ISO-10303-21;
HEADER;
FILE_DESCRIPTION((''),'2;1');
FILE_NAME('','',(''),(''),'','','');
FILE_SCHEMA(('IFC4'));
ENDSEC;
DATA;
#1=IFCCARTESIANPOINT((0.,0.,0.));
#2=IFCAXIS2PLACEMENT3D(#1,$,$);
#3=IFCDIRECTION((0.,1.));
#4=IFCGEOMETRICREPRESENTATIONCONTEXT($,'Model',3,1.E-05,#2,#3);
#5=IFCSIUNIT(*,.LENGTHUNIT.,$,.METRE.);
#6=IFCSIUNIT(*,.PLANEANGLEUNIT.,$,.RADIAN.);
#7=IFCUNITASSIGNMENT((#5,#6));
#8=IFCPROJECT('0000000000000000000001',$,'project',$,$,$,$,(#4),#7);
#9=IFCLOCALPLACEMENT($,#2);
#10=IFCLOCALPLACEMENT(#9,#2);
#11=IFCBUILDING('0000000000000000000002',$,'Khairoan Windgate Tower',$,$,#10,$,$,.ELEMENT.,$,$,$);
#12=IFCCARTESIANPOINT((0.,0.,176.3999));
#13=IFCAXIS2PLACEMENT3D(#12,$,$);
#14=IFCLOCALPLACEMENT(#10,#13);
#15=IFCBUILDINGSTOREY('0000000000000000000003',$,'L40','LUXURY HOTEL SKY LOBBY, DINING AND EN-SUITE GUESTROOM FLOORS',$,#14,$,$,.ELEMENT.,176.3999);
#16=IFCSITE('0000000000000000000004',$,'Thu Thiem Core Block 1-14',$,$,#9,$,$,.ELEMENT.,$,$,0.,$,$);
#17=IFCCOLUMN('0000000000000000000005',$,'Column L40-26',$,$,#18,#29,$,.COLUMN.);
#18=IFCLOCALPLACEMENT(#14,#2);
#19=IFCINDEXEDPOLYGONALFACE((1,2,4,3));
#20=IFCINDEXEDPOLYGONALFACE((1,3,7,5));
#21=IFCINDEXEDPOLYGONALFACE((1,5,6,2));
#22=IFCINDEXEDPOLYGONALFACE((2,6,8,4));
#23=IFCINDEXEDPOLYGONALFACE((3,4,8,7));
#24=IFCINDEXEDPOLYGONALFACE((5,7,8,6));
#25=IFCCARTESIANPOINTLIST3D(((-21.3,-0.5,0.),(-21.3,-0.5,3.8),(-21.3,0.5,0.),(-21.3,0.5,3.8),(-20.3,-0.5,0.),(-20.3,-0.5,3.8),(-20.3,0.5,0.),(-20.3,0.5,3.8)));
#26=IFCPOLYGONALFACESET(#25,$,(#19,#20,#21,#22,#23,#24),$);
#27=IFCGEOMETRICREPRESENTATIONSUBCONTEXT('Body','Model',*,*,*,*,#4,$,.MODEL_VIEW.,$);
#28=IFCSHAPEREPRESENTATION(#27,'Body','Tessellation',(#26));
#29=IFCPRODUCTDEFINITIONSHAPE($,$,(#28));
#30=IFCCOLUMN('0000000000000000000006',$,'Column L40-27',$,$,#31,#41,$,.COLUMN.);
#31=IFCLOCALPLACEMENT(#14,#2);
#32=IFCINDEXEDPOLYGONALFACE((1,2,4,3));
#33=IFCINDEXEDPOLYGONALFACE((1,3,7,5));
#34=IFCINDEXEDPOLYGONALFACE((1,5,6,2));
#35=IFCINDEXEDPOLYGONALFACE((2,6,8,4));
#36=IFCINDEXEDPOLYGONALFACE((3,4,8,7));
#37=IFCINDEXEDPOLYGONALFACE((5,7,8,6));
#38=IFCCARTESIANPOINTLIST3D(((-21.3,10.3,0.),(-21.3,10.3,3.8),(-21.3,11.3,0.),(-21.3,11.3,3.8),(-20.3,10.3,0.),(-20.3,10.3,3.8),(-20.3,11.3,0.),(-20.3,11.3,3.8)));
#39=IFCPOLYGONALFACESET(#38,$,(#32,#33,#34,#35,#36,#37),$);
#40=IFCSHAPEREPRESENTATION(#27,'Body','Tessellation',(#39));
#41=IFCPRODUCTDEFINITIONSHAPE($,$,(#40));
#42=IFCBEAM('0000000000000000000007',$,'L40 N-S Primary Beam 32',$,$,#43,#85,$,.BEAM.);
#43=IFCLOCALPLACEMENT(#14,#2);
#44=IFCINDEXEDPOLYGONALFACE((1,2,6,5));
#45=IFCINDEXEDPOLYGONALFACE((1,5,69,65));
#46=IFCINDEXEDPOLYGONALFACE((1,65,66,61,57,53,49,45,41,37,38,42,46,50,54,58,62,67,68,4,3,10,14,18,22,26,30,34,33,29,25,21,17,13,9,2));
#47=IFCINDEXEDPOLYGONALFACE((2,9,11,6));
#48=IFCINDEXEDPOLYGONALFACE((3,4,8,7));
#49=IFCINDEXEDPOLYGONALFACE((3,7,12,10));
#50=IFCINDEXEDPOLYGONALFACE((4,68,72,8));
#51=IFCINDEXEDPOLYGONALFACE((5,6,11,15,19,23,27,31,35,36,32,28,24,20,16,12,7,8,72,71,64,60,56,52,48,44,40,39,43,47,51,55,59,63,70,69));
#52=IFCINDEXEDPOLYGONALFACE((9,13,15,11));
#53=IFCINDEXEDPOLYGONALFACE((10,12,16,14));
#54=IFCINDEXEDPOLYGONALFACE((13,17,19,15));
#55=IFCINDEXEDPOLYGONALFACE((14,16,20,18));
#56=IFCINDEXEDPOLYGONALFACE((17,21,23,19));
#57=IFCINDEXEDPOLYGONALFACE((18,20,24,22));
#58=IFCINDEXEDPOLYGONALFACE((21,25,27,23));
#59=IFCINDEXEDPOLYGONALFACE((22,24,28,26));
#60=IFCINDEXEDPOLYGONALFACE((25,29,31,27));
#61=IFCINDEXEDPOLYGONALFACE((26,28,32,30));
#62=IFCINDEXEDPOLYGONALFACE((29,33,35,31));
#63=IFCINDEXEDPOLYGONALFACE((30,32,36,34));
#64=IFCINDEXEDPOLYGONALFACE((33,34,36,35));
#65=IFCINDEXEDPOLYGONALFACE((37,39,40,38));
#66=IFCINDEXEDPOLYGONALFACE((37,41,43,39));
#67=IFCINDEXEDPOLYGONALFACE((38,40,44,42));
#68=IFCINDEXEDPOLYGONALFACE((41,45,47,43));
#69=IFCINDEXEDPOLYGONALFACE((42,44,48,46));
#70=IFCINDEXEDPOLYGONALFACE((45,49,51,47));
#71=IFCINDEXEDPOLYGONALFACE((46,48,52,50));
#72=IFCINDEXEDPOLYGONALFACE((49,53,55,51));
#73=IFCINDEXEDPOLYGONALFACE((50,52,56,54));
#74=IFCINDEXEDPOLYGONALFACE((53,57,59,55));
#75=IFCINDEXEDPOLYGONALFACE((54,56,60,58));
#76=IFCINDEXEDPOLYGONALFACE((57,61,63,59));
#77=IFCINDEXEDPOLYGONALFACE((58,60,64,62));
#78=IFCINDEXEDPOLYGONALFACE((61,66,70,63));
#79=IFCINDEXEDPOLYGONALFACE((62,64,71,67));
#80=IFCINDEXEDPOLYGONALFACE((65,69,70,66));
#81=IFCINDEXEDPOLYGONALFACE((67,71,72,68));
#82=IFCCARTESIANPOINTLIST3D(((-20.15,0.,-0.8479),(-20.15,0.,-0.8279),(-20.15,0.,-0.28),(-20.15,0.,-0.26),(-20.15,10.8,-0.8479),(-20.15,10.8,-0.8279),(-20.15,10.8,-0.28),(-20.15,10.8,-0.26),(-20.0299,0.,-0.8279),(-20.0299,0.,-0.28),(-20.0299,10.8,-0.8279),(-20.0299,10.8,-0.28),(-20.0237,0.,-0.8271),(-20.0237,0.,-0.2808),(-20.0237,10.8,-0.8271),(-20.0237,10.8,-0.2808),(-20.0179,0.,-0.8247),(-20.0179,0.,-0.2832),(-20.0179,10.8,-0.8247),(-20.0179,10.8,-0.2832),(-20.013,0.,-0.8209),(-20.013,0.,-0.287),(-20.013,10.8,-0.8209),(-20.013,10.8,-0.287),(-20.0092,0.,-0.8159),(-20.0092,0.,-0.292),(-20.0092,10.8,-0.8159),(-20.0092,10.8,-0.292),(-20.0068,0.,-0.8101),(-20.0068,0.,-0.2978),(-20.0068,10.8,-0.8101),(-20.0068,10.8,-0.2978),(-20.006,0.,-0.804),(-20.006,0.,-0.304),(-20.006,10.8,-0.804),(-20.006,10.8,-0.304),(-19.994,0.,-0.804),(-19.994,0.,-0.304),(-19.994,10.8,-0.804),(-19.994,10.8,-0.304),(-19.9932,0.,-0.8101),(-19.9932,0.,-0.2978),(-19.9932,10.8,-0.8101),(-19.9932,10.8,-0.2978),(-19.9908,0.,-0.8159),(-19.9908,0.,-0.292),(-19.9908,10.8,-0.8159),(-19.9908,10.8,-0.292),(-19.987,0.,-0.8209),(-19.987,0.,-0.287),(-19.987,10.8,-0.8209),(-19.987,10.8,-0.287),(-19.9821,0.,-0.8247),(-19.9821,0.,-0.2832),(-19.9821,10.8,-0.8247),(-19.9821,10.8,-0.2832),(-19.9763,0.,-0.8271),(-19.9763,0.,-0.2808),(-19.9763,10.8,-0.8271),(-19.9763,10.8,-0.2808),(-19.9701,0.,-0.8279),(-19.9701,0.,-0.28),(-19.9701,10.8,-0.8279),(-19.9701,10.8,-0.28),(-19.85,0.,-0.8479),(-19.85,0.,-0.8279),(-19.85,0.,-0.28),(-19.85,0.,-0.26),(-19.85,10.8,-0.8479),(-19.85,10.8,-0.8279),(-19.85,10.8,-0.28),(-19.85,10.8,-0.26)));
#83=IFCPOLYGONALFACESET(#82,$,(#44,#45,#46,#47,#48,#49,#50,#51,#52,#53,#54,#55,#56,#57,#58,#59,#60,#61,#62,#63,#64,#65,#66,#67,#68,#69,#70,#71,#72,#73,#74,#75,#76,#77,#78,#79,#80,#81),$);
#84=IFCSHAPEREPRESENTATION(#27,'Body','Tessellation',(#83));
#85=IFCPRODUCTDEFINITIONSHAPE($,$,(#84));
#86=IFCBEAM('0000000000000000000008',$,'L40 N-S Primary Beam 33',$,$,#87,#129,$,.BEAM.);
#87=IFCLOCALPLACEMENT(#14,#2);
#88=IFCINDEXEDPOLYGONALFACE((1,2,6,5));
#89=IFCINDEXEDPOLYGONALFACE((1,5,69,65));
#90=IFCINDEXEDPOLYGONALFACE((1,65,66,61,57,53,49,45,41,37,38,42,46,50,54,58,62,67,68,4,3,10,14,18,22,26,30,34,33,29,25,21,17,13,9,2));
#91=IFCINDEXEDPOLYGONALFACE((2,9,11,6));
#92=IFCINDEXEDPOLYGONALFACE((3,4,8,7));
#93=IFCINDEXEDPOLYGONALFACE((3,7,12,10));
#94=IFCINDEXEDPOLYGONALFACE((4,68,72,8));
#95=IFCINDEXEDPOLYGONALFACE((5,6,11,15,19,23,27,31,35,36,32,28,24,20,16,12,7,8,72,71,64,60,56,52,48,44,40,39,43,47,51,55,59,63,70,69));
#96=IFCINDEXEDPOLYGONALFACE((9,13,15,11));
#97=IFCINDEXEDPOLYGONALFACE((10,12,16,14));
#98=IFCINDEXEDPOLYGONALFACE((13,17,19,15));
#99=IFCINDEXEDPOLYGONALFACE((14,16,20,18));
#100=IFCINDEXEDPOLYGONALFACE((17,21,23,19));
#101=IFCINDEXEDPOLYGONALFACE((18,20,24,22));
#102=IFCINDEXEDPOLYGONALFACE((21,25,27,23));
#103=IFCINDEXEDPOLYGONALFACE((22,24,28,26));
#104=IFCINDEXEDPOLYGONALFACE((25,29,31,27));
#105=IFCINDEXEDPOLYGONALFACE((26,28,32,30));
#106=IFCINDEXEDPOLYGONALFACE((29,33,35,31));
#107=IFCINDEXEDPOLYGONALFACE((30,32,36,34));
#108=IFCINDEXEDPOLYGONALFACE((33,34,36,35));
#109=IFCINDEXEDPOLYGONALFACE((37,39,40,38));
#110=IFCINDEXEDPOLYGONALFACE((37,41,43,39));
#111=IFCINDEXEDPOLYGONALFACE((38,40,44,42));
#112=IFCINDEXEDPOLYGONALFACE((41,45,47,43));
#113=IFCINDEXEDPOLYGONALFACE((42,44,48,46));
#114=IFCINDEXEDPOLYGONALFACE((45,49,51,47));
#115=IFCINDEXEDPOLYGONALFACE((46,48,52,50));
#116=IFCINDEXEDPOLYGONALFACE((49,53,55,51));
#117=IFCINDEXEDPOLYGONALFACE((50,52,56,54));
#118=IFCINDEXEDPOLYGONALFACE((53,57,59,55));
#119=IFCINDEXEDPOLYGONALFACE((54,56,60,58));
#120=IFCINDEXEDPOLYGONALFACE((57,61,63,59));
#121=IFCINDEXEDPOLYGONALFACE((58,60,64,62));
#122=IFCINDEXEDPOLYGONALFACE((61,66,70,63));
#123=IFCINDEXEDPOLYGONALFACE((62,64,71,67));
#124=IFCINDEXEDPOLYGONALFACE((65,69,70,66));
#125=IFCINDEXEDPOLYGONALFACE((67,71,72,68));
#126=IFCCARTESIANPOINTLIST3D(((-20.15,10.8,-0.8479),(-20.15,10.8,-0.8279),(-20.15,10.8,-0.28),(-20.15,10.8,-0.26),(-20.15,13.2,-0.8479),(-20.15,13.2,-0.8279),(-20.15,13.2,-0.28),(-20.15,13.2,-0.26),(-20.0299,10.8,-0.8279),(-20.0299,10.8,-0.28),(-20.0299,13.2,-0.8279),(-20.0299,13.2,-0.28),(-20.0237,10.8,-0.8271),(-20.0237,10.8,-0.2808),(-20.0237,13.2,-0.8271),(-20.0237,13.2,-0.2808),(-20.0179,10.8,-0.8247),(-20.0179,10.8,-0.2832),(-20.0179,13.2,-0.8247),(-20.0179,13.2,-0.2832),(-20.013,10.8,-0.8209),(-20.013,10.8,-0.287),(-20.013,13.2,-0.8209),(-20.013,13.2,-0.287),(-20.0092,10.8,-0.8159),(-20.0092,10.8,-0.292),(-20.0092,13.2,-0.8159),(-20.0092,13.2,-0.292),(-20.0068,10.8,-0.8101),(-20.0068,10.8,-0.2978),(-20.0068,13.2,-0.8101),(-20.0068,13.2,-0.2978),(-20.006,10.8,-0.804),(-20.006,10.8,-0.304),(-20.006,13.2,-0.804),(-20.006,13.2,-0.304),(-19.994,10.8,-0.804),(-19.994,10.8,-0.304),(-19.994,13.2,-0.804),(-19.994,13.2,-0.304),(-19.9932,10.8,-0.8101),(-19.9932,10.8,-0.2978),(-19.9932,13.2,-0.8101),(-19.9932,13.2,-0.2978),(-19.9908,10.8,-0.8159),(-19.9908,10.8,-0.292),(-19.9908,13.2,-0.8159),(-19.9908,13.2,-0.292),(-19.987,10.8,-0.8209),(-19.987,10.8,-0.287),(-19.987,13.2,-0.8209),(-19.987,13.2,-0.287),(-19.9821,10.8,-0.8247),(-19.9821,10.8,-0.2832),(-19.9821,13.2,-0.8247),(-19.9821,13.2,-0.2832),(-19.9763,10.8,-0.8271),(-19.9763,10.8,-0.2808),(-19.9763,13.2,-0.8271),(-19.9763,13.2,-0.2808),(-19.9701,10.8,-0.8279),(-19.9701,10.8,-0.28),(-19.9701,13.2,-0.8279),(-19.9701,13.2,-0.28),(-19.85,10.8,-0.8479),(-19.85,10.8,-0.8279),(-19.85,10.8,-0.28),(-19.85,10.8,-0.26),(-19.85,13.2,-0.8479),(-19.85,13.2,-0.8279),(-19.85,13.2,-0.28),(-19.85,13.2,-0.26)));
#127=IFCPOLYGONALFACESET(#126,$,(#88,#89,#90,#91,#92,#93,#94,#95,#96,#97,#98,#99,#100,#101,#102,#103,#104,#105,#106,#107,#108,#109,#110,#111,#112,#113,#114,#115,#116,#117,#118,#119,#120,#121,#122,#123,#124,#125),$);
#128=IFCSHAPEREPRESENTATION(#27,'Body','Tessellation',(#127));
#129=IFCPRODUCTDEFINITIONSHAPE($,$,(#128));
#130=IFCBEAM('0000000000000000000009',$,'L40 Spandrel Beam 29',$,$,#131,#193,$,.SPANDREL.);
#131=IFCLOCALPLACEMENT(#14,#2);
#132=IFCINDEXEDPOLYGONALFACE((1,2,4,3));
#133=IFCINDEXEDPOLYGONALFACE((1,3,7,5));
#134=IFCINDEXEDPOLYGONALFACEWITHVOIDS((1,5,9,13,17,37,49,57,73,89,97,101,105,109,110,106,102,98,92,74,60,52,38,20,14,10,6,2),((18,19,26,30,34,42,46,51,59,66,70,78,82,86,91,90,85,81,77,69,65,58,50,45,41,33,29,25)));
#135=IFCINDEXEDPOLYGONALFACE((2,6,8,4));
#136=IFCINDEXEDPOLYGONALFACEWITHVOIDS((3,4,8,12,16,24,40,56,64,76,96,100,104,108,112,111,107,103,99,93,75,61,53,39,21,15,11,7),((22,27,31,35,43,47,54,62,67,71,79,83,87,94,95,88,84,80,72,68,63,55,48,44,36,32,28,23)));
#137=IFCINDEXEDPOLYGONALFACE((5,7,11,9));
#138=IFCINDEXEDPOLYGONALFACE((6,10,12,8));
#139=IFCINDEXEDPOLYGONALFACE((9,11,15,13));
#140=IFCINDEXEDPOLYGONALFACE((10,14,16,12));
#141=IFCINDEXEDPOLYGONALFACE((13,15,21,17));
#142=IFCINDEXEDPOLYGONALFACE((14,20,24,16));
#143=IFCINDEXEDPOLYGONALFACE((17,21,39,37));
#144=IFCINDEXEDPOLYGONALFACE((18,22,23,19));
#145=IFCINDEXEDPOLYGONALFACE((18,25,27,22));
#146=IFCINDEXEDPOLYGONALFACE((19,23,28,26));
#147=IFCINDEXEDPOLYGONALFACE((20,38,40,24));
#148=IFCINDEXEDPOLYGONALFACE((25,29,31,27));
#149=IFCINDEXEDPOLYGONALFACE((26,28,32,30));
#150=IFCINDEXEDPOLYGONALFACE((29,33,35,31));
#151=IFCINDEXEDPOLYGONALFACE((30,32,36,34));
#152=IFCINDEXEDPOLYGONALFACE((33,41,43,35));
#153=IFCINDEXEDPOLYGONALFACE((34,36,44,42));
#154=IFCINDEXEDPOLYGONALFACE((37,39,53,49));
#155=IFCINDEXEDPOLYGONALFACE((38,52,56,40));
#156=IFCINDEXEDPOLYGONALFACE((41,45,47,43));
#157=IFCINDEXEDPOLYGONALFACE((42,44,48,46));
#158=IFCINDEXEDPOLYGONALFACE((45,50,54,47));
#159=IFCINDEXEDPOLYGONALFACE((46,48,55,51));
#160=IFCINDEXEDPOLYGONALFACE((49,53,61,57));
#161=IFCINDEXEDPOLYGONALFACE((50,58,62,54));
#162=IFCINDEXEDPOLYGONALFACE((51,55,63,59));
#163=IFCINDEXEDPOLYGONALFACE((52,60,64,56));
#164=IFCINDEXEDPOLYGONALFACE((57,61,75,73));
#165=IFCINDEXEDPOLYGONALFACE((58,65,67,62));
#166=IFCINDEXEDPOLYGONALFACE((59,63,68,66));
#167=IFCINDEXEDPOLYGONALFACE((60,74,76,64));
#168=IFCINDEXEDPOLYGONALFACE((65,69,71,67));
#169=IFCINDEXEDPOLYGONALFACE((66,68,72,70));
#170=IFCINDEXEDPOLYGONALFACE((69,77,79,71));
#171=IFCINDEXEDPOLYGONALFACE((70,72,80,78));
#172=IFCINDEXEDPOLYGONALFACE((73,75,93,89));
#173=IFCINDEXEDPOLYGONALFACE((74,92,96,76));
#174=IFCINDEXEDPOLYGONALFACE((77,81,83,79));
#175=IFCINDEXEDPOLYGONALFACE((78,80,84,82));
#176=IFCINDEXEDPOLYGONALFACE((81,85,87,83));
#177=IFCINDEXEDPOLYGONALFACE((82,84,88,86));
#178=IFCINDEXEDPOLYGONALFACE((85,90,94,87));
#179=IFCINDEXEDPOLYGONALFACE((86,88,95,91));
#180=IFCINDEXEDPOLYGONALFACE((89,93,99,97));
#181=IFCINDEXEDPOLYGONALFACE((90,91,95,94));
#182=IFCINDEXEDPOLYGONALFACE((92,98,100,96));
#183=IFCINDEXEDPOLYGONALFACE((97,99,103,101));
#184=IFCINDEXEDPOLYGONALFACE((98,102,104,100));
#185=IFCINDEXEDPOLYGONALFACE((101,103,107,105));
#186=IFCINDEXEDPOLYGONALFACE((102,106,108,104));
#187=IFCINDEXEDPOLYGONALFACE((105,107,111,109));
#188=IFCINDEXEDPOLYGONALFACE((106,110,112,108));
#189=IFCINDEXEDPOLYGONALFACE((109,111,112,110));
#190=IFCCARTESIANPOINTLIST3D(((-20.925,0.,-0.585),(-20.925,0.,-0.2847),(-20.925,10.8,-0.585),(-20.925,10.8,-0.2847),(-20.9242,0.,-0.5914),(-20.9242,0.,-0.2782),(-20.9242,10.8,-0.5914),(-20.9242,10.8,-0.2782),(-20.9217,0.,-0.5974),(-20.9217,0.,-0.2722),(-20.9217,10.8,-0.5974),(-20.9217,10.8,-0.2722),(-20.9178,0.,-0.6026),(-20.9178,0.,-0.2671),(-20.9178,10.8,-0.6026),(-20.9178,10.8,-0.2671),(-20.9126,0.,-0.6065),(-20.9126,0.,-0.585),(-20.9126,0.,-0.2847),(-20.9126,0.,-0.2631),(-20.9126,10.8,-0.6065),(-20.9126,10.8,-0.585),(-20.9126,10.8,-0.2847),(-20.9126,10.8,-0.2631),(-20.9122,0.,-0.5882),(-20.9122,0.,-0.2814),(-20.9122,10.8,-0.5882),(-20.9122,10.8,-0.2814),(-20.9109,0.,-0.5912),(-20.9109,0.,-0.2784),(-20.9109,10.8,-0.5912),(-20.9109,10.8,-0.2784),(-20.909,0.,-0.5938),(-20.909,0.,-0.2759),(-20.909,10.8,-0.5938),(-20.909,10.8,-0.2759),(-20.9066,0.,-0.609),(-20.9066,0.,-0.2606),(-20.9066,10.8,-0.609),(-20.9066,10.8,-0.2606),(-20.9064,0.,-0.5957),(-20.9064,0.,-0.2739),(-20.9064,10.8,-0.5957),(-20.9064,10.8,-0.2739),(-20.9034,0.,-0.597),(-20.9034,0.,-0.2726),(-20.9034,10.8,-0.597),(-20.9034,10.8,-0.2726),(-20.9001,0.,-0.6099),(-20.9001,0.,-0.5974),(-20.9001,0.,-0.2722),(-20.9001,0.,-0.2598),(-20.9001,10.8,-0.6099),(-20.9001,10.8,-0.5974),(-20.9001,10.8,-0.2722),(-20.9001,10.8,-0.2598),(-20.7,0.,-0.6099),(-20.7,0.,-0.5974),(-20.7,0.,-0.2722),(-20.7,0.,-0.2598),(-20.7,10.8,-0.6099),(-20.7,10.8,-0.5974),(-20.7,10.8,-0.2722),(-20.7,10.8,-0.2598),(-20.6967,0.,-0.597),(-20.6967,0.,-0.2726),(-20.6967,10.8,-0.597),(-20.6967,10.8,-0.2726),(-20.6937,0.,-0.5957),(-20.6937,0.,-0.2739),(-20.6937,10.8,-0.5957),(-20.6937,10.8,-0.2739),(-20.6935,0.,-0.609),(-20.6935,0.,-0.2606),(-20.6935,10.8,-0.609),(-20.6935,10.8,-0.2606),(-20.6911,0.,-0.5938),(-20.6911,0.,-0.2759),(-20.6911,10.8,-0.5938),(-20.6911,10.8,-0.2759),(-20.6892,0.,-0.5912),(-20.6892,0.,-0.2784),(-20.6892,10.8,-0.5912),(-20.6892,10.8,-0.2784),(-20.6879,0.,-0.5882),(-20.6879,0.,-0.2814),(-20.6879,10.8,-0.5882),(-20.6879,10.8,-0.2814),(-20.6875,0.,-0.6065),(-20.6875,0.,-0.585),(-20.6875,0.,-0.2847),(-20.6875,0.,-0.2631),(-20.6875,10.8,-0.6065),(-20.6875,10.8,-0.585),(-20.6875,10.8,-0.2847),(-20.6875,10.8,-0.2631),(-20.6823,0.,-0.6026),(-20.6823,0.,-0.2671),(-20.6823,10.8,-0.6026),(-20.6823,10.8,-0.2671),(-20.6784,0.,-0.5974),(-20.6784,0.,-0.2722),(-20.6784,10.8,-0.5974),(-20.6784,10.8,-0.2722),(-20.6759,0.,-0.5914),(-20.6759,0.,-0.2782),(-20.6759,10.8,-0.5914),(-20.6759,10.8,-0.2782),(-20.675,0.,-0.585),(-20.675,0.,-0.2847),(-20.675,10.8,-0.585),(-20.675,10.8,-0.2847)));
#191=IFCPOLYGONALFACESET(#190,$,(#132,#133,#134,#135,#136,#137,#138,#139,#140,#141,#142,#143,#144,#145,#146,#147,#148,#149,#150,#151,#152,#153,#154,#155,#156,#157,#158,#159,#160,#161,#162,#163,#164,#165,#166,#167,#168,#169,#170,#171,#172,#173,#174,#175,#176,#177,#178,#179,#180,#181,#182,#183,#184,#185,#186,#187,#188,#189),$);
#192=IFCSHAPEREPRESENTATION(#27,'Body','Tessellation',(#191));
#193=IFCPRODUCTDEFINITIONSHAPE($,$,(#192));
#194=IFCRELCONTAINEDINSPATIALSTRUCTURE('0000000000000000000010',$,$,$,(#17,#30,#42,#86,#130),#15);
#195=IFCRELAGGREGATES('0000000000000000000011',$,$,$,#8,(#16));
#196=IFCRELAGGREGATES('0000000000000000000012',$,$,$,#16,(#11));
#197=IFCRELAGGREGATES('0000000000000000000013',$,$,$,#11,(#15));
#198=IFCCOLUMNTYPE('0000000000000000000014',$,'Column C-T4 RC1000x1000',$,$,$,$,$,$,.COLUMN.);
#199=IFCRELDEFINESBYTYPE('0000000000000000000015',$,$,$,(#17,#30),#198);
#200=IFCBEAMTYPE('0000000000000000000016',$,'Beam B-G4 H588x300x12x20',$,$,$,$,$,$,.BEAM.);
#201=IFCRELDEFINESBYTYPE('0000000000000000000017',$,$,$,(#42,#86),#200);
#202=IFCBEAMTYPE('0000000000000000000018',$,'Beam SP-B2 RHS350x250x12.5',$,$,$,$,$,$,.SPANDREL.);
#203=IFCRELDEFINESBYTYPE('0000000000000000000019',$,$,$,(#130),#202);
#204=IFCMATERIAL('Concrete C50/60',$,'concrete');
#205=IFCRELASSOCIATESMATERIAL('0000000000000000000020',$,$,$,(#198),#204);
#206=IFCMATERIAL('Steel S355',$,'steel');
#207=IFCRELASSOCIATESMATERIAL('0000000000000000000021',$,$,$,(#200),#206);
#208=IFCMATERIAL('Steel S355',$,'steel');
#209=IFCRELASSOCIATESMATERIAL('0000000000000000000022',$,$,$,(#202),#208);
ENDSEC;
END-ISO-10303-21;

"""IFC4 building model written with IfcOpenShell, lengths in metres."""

from ifc_helpers import new_model, si_unit, direction, frame, origin, origin_2d, place, context, subcontext, project, spatial, rectangle, hollow_rectangle, i_section, extrude, material, material_profile, profile_set, type_object, element, save


model = new_model("IFC4")

# Units and contexts
model_context = context("Model", 3, precision=1e-05, world=origin(), true_north=direction((0.0, 1.0)))
body_context = subcontext(model_context, "Body", "Model", "MODEL_VIEW")
ifc_project = project(units=[si_unit("LENGTHUNIT", "METRE"), si_unit("PLANEANGLEUNIT", "RADIAN")], contexts=[model_context])

# Site, building, storey
site_placement = place(None, origin())
site = spatial("IfcSite", under=ifc_project, at=site_placement, Name="Thu Thiem Core Block 1-14", CompositionType="ELEMENT", RefElevation=0.0)
building_placement = place(site_placement, origin())
building = spatial("IfcBuilding", under=site, at=building_placement, Name="Khairoan Windgate Tower", CompositionType="ELEMENT")
storey_placement = place(building_placement, frame((0.0, 0.0, 176.3999)))
storey = spatial("IfcBuildingStorey", under=building, at=storey_placement, Name="L40", Description="LUXURY HOTEL SKY LOBBY, DINING AND EN-SUITE GUESTROOM FLOORS", CompositionType="ELEMENT", Elevation=176.3999)

# Columns
ifc_material_1 = material(Name="Concrete C50/60", Category="concrete")
ifc_material_profile_1 = material_profile(ifc_material_1, rectangle(XDim=1.0, YDim=1.0, at=origin_2d()))
ifc_profile_set_1 = profile_set([ifc_material_profile_1], Name="Concrete C50/60")
column_type = type_object("IfcColumnType", Name="Column C-T4 RC1000x1000", PredefinedType="COLUMN", material=ifc_profile_set_1)
for number, where, z_axis, x_axis, name in (
    (1, (-20.8, 0.0, 0.0), (0.0, 0.0, 1.0), (1.0, 0.0, 0.0), "Column L40-26"),
    (2, (-20.8, 10.8, 0.0), (0.0, 0.0, 1.0), (1.0, 0.0, 0.0), "Column L40-27"),
):
    element("IfcColumn", number, at=place(storey_placement, frame(where, z_axis=z_axis, x_axis=x_axis)), inside=storey, type_object=column_type, Name=name, PredefinedType="COLUMN", context=body_context, shape_type="SweptSolid", body=[
        extrude(rectangle(XDim=1.0, YDim=1.0, at=origin_2d()), origin(), (0.0, 0.0, 1.0), 3.8),
    ])

# Beams
ifc_material_2 = material(Name="Steel S355", Category="steel")
ifc_material_profile_2 = material_profile(ifc_material_2, i_section(OverallWidth=0.3, OverallDepth=0.5879, WebThickness=0.012, FlangeThickness=0.02, FilletRadius=0.0239, at=origin_2d()))
ifc_profile_set_2 = profile_set([ifc_material_profile_2], Name="Steel S355")
beam_type_1 = type_object("IfcBeamType", Name="Beam B-G4 H588x300x12x20", PredefinedType="BEAM", material=ifc_profile_set_2)
beam_1_placement = place(storey_placement, frame((-20.0, 0.0, -0.554), z_axis=(0.0, 1.0, 0.0), x_axis=(-1.0, 0.0, 0.0)))
element("IfcBeam", 3, at=beam_1_placement, inside=storey, type_object=beam_type_1, Name="L40 N-S Primary Beam 32", PredefinedType="BEAM", context=body_context, shape_type="SweptSolid", body=[
    extrude(i_section(OverallWidth=0.3, OverallDepth=0.5879, WebThickness=0.012, FlangeThickness=0.02, FilletRadius=0.0239, at=origin_2d()), origin(), (0.0, 0.0, 1.0), 10.8),
])
beam_2_placement = place(storey_placement, frame((-20.0, 10.8, -0.554), z_axis=(0.0, 1.0, 0.0), x_axis=(-1.0, 0.0, 0.0)))
element("IfcBeam", 4, at=beam_2_placement, inside=storey, type_object=beam_type_1, Name="L40 N-S Primary Beam 33", PredefinedType="BEAM", context=body_context, shape_type="SweptSolid", body=[
    extrude(i_section(OverallWidth=0.3, OverallDepth=0.5879, WebThickness=0.012, FlangeThickness=0.02, FilletRadius=0.0239, at=origin_2d()), origin(), (0.0, 0.0, 1.0), 2.3999),
])
ifc_material_3 = material(Name="Steel S355", Category="steel")
ifc_material_profile_3 = material_profile(ifc_material_3, hollow_rectangle(XDim=0.25, YDim=0.3501, WallThickness=0.0125, InnerFilletRadius=0.0125, OuterFilletRadius=0.0249, at=origin_2d()))
ifc_profile_set_3 = profile_set([ifc_material_profile_3], Name="Steel S355")
beam_type_2 = type_object("IfcBeamType", Name="Beam SP-B2 RHS350x250x12.5", PredefinedType="SPANDREL", material=ifc_profile_set_3)
beam_3_placement = place(storey_placement, frame((-20.8, 0.0, -0.4348), z_axis=(0.0, 1.0, 0.0), x_axis=(-1.0, 0.0, 0.0)))
element("IfcBeam", 5, at=beam_3_placement, inside=storey, type_object=beam_type_2, Name="L40 Spandrel Beam 29", PredefinedType="SPANDREL", context=body_context, shape_type="SweptSolid", body=[
    extrude(hollow_rectangle(XDim=0.25, YDim=0.3501, WallThickness=0.0125, InnerFilletRadius=0.0125, OuterFilletRadius=0.0249, at=origin_2d()), origin(), (0.0, 0.0, 1.0), 10.8),
])

save(model, "model.ifc")
